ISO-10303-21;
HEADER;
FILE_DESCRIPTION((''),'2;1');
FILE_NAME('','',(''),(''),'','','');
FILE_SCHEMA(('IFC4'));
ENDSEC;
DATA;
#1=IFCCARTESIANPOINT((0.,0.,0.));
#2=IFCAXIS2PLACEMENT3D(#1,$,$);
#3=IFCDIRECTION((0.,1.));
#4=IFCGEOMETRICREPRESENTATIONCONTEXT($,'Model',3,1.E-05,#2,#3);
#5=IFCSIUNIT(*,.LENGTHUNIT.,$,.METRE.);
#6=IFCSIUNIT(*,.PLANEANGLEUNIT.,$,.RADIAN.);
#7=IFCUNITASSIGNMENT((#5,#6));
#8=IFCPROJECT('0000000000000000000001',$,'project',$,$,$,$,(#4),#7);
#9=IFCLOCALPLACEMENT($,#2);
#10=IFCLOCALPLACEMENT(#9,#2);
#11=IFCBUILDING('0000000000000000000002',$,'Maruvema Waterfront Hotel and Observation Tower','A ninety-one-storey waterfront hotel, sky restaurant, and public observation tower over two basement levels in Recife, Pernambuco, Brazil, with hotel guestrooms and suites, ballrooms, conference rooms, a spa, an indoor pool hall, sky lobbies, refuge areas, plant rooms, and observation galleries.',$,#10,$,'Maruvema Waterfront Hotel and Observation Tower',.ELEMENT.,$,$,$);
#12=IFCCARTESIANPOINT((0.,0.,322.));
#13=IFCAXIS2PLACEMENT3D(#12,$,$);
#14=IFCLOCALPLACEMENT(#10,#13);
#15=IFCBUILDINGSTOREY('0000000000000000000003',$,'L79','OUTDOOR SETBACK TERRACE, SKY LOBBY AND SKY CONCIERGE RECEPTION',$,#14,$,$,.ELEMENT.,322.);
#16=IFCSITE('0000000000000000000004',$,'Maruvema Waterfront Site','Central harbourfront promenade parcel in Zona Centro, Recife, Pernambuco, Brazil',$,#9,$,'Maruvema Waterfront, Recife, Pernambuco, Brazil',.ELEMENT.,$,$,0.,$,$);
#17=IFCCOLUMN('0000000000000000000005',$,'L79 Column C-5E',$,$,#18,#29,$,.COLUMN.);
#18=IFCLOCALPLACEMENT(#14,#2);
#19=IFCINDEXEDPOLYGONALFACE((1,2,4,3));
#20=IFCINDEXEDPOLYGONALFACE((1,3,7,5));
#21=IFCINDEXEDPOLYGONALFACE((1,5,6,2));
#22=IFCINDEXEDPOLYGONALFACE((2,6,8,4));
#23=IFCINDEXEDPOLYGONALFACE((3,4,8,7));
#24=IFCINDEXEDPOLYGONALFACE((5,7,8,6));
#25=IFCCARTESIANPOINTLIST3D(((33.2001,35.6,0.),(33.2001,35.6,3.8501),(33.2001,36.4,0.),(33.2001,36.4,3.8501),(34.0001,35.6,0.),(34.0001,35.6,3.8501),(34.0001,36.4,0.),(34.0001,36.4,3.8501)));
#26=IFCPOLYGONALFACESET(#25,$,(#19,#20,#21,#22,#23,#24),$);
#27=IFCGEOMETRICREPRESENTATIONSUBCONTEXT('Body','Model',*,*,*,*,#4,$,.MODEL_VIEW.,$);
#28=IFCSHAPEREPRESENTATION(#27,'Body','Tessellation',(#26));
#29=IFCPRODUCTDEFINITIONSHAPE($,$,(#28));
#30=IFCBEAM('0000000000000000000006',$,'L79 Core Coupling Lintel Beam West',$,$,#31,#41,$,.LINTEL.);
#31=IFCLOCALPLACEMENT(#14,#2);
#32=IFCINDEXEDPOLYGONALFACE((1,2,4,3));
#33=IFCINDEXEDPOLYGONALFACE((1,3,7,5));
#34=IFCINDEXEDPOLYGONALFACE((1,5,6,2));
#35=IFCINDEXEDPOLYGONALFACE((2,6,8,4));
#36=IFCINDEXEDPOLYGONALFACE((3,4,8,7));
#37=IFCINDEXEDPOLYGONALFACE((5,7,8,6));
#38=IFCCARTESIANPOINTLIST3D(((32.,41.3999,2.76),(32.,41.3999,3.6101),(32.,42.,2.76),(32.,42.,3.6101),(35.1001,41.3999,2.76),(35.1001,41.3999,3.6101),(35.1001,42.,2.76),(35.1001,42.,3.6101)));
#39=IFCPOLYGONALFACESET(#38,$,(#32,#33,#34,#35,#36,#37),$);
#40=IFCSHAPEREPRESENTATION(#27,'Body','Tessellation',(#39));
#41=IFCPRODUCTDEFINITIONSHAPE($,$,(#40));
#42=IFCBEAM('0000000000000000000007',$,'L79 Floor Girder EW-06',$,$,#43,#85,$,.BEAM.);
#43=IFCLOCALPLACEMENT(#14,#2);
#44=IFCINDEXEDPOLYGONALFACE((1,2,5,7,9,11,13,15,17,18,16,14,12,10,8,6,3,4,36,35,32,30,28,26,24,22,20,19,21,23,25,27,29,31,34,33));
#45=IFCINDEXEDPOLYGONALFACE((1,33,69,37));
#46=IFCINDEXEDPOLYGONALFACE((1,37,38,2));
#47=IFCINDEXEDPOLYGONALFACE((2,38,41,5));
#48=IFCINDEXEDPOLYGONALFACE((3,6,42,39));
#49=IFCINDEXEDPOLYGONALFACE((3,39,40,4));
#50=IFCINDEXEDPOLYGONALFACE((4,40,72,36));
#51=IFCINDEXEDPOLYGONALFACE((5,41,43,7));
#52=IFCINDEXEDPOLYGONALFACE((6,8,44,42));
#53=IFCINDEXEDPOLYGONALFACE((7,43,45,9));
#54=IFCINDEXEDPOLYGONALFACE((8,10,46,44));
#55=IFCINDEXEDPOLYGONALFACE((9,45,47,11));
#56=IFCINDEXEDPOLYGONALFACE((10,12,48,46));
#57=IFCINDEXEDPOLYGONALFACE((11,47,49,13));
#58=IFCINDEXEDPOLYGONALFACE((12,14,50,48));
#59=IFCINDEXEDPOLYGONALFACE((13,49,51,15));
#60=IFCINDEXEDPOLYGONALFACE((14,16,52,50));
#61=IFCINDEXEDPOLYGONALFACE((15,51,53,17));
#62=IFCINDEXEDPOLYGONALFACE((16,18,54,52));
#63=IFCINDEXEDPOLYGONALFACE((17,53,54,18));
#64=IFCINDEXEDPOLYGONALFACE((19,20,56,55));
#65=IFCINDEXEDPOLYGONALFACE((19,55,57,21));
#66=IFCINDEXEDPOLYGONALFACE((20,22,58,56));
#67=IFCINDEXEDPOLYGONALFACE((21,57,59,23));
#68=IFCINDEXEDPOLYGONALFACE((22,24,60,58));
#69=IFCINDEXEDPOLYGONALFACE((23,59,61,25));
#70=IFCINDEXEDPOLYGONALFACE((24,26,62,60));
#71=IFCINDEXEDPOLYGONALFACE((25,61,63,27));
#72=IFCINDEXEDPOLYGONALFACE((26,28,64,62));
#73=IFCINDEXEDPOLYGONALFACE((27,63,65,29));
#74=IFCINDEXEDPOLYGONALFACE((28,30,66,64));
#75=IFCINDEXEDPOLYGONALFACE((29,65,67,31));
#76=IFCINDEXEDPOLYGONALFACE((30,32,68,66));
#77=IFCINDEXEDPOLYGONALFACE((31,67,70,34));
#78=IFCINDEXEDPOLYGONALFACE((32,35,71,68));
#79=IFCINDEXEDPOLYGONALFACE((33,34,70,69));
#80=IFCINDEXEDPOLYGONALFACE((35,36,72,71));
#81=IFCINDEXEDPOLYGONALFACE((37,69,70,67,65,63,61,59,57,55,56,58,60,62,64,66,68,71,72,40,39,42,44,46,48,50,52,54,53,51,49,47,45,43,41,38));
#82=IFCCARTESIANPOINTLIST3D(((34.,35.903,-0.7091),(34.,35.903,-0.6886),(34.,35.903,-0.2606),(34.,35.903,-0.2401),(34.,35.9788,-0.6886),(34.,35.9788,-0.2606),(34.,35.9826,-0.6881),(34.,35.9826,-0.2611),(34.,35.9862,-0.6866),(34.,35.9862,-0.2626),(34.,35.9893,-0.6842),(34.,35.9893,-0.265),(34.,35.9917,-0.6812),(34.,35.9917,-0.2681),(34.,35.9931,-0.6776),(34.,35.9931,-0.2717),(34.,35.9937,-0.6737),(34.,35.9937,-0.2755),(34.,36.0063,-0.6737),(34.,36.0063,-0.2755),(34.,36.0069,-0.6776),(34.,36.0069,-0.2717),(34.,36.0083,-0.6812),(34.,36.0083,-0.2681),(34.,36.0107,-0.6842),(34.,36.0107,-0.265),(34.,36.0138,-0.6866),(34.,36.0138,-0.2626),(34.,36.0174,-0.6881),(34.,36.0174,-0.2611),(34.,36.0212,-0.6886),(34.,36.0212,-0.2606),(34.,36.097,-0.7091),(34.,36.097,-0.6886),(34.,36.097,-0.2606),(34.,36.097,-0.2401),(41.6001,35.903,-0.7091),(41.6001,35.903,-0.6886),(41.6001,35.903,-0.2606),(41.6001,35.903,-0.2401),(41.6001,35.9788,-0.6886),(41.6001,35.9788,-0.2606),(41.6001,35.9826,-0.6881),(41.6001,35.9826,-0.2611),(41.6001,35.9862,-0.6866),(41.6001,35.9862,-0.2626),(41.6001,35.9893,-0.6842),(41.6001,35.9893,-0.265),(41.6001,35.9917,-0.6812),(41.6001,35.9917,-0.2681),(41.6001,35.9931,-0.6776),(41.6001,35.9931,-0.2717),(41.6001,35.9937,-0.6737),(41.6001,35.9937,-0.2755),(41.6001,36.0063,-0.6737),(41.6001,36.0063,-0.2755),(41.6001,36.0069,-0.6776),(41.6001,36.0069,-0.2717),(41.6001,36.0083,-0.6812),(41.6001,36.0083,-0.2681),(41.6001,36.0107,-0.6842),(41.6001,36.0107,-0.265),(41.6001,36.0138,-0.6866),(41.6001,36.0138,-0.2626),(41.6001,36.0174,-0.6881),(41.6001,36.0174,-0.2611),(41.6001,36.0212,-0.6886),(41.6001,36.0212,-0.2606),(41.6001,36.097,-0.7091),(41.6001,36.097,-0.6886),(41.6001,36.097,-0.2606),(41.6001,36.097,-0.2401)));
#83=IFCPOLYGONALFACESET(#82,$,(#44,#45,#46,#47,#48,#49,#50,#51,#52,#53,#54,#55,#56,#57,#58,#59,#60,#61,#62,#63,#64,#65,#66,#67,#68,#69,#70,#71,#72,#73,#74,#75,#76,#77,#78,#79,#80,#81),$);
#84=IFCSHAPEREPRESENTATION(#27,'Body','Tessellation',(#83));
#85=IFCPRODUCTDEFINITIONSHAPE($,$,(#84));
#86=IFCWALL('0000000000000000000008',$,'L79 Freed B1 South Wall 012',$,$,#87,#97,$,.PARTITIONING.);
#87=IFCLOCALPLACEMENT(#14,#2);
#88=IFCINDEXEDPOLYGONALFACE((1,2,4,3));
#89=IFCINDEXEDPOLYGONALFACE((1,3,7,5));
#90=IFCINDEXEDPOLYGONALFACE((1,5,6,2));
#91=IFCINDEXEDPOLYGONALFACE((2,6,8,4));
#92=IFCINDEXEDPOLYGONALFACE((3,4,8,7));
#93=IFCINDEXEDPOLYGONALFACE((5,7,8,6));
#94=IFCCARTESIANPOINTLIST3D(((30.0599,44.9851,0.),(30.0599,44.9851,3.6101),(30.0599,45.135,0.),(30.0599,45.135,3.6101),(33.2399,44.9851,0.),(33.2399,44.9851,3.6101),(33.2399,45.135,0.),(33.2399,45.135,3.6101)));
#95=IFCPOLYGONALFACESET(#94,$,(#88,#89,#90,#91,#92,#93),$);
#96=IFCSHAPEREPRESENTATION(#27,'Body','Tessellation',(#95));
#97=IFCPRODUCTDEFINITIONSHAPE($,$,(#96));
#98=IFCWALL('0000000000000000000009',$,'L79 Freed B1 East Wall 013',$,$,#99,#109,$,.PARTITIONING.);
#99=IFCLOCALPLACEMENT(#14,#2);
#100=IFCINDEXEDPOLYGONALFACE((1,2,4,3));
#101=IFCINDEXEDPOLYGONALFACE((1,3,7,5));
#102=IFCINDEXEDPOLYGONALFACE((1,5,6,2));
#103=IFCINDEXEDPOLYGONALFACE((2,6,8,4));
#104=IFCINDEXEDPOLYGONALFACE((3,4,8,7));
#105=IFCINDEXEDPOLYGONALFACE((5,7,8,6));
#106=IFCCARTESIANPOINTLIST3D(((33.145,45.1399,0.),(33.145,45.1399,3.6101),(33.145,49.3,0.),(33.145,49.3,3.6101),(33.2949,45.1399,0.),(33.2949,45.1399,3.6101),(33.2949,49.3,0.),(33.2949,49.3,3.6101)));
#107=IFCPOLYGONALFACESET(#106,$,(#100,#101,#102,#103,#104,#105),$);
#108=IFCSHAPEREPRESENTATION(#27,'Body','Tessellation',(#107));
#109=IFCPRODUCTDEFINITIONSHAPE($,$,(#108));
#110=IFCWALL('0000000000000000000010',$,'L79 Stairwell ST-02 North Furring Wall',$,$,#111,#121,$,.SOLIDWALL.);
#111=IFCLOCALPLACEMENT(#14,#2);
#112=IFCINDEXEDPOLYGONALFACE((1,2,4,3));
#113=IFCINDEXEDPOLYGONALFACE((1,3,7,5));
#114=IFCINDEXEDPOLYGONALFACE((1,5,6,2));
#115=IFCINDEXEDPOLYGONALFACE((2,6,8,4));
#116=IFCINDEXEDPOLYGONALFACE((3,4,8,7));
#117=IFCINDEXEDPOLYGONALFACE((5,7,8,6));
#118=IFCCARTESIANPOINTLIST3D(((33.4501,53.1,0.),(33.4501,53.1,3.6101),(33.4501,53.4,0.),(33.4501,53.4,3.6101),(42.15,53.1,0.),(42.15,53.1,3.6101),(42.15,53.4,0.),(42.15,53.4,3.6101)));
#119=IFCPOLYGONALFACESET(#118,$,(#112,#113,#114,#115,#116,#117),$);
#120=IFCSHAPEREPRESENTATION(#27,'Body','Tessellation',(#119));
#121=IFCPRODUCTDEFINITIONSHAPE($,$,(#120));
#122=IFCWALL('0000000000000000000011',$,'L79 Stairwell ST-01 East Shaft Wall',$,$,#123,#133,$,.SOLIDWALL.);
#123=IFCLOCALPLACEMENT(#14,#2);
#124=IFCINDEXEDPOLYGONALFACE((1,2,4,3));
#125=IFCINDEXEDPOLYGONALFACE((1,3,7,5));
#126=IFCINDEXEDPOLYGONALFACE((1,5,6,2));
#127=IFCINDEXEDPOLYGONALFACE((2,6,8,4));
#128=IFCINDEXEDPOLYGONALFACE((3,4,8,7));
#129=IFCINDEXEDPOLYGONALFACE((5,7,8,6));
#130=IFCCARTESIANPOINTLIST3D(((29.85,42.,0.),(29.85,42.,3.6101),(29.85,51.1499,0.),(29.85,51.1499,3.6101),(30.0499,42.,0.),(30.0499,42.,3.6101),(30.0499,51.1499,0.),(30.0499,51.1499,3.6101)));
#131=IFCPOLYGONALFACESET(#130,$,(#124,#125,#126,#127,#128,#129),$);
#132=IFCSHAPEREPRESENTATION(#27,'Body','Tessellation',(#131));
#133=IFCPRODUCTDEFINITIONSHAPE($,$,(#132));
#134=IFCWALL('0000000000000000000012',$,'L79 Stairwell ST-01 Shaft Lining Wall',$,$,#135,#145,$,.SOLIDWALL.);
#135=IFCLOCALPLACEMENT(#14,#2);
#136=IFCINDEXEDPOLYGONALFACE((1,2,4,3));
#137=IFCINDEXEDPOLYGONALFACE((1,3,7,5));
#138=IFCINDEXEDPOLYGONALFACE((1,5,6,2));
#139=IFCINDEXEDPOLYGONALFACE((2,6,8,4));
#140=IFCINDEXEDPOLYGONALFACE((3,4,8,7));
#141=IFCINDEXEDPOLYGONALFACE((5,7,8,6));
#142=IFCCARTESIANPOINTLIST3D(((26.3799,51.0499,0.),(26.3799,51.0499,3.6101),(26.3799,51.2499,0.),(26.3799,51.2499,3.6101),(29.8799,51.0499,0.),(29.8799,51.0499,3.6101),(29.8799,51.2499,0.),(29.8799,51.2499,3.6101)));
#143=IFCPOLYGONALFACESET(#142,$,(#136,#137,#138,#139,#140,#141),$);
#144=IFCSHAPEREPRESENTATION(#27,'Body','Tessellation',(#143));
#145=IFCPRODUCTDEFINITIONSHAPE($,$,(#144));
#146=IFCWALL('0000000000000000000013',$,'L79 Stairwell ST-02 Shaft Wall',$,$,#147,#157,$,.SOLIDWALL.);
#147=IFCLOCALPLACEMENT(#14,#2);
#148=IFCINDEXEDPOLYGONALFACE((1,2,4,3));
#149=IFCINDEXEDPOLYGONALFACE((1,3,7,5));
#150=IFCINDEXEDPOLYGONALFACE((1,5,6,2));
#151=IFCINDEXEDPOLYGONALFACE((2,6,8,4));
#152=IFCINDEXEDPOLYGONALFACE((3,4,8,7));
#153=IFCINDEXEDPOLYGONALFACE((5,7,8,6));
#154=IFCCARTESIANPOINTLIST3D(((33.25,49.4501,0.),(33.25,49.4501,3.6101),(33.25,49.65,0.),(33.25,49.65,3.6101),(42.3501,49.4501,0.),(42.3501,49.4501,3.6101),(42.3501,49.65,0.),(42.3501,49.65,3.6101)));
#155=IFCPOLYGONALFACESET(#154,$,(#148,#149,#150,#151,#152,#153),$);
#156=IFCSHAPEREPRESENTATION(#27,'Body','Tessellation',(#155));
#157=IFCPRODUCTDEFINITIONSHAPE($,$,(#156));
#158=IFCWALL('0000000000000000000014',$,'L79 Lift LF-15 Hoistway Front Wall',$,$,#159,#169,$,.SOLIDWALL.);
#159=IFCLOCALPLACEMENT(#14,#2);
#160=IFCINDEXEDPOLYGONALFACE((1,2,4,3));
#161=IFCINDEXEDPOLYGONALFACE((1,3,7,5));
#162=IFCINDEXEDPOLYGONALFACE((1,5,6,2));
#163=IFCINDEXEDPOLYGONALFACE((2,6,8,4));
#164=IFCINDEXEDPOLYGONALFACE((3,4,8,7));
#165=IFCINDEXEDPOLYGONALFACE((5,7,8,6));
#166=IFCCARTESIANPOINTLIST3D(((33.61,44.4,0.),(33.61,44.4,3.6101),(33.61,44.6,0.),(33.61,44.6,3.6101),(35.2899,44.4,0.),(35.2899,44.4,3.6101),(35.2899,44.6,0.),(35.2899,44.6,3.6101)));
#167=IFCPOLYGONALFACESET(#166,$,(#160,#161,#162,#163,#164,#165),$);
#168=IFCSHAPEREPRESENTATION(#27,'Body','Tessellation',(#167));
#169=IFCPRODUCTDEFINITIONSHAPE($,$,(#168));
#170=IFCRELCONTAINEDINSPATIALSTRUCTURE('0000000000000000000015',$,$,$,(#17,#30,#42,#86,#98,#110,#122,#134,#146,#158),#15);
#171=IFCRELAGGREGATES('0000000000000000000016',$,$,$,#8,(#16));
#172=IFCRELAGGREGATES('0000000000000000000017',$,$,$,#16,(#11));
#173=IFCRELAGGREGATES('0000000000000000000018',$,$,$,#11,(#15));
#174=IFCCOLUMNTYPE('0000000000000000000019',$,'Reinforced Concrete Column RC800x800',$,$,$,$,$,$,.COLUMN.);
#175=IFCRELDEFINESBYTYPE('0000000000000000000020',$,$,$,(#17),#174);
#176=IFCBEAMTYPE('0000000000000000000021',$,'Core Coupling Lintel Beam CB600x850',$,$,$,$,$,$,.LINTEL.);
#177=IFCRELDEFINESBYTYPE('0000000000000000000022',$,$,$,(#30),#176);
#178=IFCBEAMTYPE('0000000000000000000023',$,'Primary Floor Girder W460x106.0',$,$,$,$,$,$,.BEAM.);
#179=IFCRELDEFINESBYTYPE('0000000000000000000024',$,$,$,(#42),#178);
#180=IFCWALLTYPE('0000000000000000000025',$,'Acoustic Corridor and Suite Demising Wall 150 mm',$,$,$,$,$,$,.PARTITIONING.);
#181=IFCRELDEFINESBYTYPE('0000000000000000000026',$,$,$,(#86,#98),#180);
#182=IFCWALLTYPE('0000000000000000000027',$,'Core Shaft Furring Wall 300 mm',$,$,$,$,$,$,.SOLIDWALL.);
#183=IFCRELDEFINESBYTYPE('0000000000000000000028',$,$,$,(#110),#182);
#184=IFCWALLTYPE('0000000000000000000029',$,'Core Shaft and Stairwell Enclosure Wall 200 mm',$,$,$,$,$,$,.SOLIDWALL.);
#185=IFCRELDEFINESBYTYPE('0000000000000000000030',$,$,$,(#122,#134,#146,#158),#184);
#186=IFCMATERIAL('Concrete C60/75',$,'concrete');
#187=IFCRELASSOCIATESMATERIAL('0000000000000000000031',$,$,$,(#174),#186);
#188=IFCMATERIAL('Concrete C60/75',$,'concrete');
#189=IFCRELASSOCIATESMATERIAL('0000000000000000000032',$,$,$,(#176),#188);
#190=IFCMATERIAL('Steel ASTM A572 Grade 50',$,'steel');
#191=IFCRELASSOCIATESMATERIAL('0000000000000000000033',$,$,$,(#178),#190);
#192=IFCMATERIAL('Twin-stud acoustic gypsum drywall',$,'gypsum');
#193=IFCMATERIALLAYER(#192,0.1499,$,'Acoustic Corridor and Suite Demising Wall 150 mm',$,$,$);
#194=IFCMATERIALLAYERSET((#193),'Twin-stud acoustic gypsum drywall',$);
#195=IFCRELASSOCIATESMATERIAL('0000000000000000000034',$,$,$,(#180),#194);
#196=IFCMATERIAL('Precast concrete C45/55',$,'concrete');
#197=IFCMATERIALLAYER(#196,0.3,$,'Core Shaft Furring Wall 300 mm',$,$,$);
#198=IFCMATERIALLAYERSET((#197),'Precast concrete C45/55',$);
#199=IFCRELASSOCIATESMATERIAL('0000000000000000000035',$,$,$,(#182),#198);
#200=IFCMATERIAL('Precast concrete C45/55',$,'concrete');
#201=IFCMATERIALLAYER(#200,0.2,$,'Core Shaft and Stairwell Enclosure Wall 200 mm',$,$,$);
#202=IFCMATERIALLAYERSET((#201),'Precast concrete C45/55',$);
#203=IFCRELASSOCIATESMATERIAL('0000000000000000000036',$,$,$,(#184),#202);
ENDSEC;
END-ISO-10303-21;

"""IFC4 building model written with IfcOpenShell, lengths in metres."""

from ifc_helpers import new_model, si_unit, direction, frame, frame_2d, origin, origin_2d, place, context, subcontext, project, spatial, rectangle, i_section, extrude, material, layer, layer_set, material_profile, profile_set, type_object, element, save


model = new_model("IFC4")

# Units and contexts
model_context = context("Model", 3, precision=1e-05, world=origin(), true_north=direction((0.0, 1.0)))
body_context = subcontext(model_context, "Body", "Model", "MODEL_VIEW")
ifc_project = project(units=[si_unit("LENGTHUNIT", "METRE"), si_unit("PLANEANGLEUNIT", "RADIAN")], contexts=[model_context])

# Site, building, storey
site_placement = place(None, origin())
site = spatial("IfcSite", under=ifc_project, at=site_placement, Name="Maruvema Waterfront Site", Description="Central harbourfront promenade parcel in Zona Centro, Recife, Pernambuco, Brazil", LongName="Maruvema Waterfront, Recife, Pernambuco, Brazil", CompositionType="ELEMENT", RefElevation=0.0)
building_placement = place(site_placement, origin())
building = spatial("IfcBuilding", under=site, at=building_placement, Name="Maruvema Waterfront Hotel and Observation Tower", Description="A ninety-one-storey waterfront hotel, sky restaurant, and public observation tower over two basement levels in Recife, Pernambuco, Brazil, with hotel guestrooms and suites, ballrooms, conference rooms, a spa, an indoor pool hall, sky lobbies, refuge areas, plant rooms, and observation galleries.", LongName="Maruvema Waterfront Hotel and Observation Tower", CompositionType="ELEMENT")
storey_placement = place(building_placement, frame((0.0, 0.0, 322.0)))
storey = spatial("IfcBuildingStorey", under=building, at=storey_placement, Name="L79", Description="OUTDOOR SETBACK TERRACE, SKY LOBBY AND SKY CONCIERGE RECEPTION", CompositionType="ELEMENT", Elevation=322.0)

# Column
ifc_material_1 = material(Name="Concrete C60/75", Category="concrete")
ifc_material_profile_1 = material_profile(ifc_material_1, rectangle(XDim=0.8, YDim=0.8, at=origin_2d()), Name="RC800x800")
ifc_profile_set_1 = profile_set([ifc_material_profile_1], Name="Concrete C60/75")
column_type = type_object("IfcColumnType", Name="Reinforced Concrete Column RC800x800", PredefinedType="COLUMN", material=ifc_profile_set_1)
column_placement = place(storey_placement, frame((33.6001, 36.0, 0.0), z_axis=(0.0, 0.0, 1.0), x_axis=(1.0, 0.0, 0.0)))
element("IfcColumn", 1, at=column_placement, inside=storey, type_object=column_type, Name="L79 Column C-5E", PredefinedType="COLUMN", context=body_context, shape_type="SweptSolid", body=[
    extrude(rectangle(XDim=0.8, YDim=0.8, at=origin_2d()), origin(), (0.0, 0.0, 1.0), 3.8501),
])

# Beams
ifc_material_2 = material(Name="Concrete C60/75", Category="concrete")
ifc_material_profile_2 = material_profile(ifc_material_2, rectangle(XDim=0.6001, YDim=0.8501, at=origin_2d()), Name="CB600x850")
ifc_profile_set_2 = profile_set([ifc_material_profile_2], Name="Concrete C60/75")
beam_type_1 = type_object("IfcBeamType", Name="Core Coupling Lintel Beam CB600x850", PredefinedType="LINTEL", material=ifc_profile_set_2)
beam_1_placement = place(storey_placement, frame((32.0, 41.7, 3.1851), z_axis=(1.0, 0.0, 0.0), x_axis=(0.0, 1.0, 0.0)))
element("IfcBeam", 2, at=beam_1_placement, inside=storey, type_object=beam_type_1, Name="L79 Core Coupling Lintel Beam West", PredefinedType="LINTEL", context=body_context, shape_type="SweptSolid", body=[
    extrude(rectangle(XDim=0.6001, YDim=0.8501, at=origin_2d()), origin(), (0.0, 0.0, 1.0), 3.1001),
])
ifc_material_3 = material(Name="Steel ASTM A572 Grade 50", Category="steel")
ifc_material_profile_3 = material_profile(ifc_material_3, i_section(OverallWidth=0.1941, OverallDepth=0.469, WebThickness=0.0127, FlangeThickness=0.0205, FilletRadius=0.0149, at=origin_2d()), Name="W460x106.0")
ifc_profile_set_3 = profile_set([ifc_material_profile_3], Name="Steel ASTM A572 Grade 50")
beam_type_2 = type_object("IfcBeamType", Name="Primary Floor Girder W460x106.0", PredefinedType="BEAM", material=ifc_profile_set_3)
beam_2_placement = place(storey_placement, frame((34.0, 36.0, -0.4746), z_axis=(1.0, 0.0, 0.0), x_axis=(0.0, 1.0, 0.0)))
element("IfcBeam", 3, at=beam_2_placement, inside=storey, type_object=beam_type_2, Name="L79 Floor Girder EW-06", PredefinedType="BEAM", context=body_context, shape_type="SweptSolid", body=[
    extrude(i_section(OverallWidth=0.1941, OverallDepth=0.469, WebThickness=0.0127, FlangeThickness=0.0205, FilletRadius=0.0149, at=origin_2d()), origin(), (0.0, 0.0, 1.0), 7.6001),
])

# Walls
ifc_material_4 = material(Name="Twin-stud acoustic gypsum drywall", Category="gypsum")
ifc_layer_1 = layer(ifc_material_4, 0.1499, Name="Acoustic Corridor and Suite Demising Wall 150 mm")
ifc_layer_set_1 = layer_set([ifc_layer_1], Name="Twin-stud acoustic gypsum drywall")
wall_type_1 = type_object("IfcWallType", Name="Acoustic Corridor and Suite Demising Wall 150 mm", PredefinedType="PARTITIONING", material=ifc_layer_set_1)
wall_1_placement = place(storey_placement, frame((30.0601, 45.0601, 0.0), z_axis=(0.0, 0.0, 1.0), x_axis=(1.0, 0.0, 0.0)))
element("IfcWall", 4, at=wall_1_placement, inside=storey, type_object=wall_type_1, Name="L79 Freed B1 South Wall 012", PredefinedType="PARTITIONING", context=body_context, shape_type="SweptSolid", body=[
    extrude(rectangle(XDim=3.1799, YDim=0.1499, at=frame_2d((1.5898, 0.0))), origin(), (0.0, 0.0, 1.0), 3.6101),
])
wall_2_placement = place(storey_placement, frame((33.22, 45.1399, 0.0), z_axis=(0.0, 0.0, 1.0), x_axis=(0.0, 1.0, 0.0)))
element("IfcWall", 5, at=wall_2_placement, inside=storey, type_object=wall_type_1, Name="L79 Freed B1 East Wall 013", PredefinedType="PARTITIONING", context=body_context, shape_type="SweptSolid", body=[
    extrude(rectangle(XDim=4.1602, YDim=0.1499, at=frame_2d((2.0801, 0.0))), origin(), (0.0, 0.0, 1.0), 3.6101),
])
ifc_material_5 = material(Name="Precast concrete C45/55", Category="concrete")
ifc_layer_2 = layer(ifc_material_5, 0.3, Name="Core Shaft Furring Wall 300 mm")
ifc_layer_set_2 = layer_set([ifc_layer_2], Name="Precast concrete C45/55")
wall_type_2 = type_object("IfcWallType", Name="Core Shaft Furring Wall 300 mm", PredefinedType="SOLIDWALL", material=ifc_layer_set_2)
wall_3_placement = place(storey_placement, frame((33.45, 53.25, 0.0), z_axis=(0.0, 0.0, 1.0), x_axis=(1.0, 0.0, 0.0)))
element("IfcWall", 6, at=wall_3_placement, inside=storey, type_object=wall_type_2, Name="L79 Stairwell ST-02 North Furring Wall", PredefinedType="SOLIDWALL", context=body_context, shape_type="SweptSolid", body=[
    extrude(rectangle(XDim=8.7, YDim=0.3, at=frame_2d((4.3501, 0.0))), origin(), (0.0, 0.0, 1.0), 3.6101),
])
ifc_material_6 = material(Name="Precast concrete C45/55", Category="concrete")
ifc_layer_3 = layer(ifc_material_6, 0.2, Name="Core Shaft and Stairwell Enclosure Wall 200 mm")
ifc_layer_set_3 = layer_set([ifc_layer_3], Name="Precast concrete C45/55")
wall_type_3 = type_object("IfcWallType", Name="Core Shaft and Stairwell Enclosure Wall 200 mm", PredefinedType="SOLIDWALL", material=ifc_layer_set_3)
wall_4_placement = place(storey_placement, frame((29.95, 42.0, 0.0), z_axis=(0.0, 0.0, 1.0), x_axis=(0.0, 1.0, 0.0)))
element("IfcWall", 7, at=wall_4_placement, inside=storey, type_object=wall_type_3, Name="L79 Stairwell ST-01 East Shaft Wall", PredefinedType="SOLIDWALL", context=body_context, shape_type="SweptSolid", body=[
    extrude(rectangle(XDim=9.1499, YDim=0.2, at=frame_2d((4.575, 0.0))), origin(), (0.0, 0.0, 1.0), 3.6101),
])
wall_5_placement = place(storey_placement, frame((26.3799, 51.1499, 0.0), z_axis=(0.0, 0.0, 1.0), x_axis=(1.0, 0.0, 0.0)))
element("IfcWall", 8, at=wall_5_placement, inside=storey, type_object=wall_type_3, Name="L79 Stairwell ST-01 Shaft Lining Wall", PredefinedType="SOLIDWALL", context=body_context, shape_type="SweptSolid", body=[
    extrude(rectangle(XDim=3.5, YDim=0.2, at=frame_2d((1.75, 0.0))), origin(), (0.0, 0.0, 1.0), 3.6101),
])
wall_6_placement = place(storey_placement, frame((33.25, 49.55, 0.0), z_axis=(0.0, 0.0, 1.0), x_axis=(1.0, 0.0, 0.0)))
element("IfcWall", 9, at=wall_6_placement, inside=storey, type_object=wall_type_3, Name="L79 Stairwell ST-02 Shaft Wall", PredefinedType="SOLIDWALL", context=body_context, shape_type="SweptSolid", body=[
    extrude(rectangle(XDim=9.1001, YDim=0.2, at=frame_2d((4.55, 0.0))), origin(), (0.0, 0.0, 1.0), 3.6101),
])

# Wall
wall_7_placement = place(storey_placement, frame((33.6101, 44.5, 0.0), z_axis=(0.0, 0.0, 1.0), x_axis=(1.0, 0.0, 0.0)))
element("IfcWall", 10, at=wall_7_placement, inside=storey, type_object=wall_type_3, Name="L79 Lift LF-15 Hoistway Front Wall", PredefinedType="SOLIDWALL", context=body_context, shape_type="SweptSolid", body=[
    extrude(rectangle(XDim=1.6799, YDim=0.2, at=frame_2d((0.8398, 0.0))), origin(), (0.0, 0.0, 1.0), 3.6101),
])

save(model, "model.ifc")
